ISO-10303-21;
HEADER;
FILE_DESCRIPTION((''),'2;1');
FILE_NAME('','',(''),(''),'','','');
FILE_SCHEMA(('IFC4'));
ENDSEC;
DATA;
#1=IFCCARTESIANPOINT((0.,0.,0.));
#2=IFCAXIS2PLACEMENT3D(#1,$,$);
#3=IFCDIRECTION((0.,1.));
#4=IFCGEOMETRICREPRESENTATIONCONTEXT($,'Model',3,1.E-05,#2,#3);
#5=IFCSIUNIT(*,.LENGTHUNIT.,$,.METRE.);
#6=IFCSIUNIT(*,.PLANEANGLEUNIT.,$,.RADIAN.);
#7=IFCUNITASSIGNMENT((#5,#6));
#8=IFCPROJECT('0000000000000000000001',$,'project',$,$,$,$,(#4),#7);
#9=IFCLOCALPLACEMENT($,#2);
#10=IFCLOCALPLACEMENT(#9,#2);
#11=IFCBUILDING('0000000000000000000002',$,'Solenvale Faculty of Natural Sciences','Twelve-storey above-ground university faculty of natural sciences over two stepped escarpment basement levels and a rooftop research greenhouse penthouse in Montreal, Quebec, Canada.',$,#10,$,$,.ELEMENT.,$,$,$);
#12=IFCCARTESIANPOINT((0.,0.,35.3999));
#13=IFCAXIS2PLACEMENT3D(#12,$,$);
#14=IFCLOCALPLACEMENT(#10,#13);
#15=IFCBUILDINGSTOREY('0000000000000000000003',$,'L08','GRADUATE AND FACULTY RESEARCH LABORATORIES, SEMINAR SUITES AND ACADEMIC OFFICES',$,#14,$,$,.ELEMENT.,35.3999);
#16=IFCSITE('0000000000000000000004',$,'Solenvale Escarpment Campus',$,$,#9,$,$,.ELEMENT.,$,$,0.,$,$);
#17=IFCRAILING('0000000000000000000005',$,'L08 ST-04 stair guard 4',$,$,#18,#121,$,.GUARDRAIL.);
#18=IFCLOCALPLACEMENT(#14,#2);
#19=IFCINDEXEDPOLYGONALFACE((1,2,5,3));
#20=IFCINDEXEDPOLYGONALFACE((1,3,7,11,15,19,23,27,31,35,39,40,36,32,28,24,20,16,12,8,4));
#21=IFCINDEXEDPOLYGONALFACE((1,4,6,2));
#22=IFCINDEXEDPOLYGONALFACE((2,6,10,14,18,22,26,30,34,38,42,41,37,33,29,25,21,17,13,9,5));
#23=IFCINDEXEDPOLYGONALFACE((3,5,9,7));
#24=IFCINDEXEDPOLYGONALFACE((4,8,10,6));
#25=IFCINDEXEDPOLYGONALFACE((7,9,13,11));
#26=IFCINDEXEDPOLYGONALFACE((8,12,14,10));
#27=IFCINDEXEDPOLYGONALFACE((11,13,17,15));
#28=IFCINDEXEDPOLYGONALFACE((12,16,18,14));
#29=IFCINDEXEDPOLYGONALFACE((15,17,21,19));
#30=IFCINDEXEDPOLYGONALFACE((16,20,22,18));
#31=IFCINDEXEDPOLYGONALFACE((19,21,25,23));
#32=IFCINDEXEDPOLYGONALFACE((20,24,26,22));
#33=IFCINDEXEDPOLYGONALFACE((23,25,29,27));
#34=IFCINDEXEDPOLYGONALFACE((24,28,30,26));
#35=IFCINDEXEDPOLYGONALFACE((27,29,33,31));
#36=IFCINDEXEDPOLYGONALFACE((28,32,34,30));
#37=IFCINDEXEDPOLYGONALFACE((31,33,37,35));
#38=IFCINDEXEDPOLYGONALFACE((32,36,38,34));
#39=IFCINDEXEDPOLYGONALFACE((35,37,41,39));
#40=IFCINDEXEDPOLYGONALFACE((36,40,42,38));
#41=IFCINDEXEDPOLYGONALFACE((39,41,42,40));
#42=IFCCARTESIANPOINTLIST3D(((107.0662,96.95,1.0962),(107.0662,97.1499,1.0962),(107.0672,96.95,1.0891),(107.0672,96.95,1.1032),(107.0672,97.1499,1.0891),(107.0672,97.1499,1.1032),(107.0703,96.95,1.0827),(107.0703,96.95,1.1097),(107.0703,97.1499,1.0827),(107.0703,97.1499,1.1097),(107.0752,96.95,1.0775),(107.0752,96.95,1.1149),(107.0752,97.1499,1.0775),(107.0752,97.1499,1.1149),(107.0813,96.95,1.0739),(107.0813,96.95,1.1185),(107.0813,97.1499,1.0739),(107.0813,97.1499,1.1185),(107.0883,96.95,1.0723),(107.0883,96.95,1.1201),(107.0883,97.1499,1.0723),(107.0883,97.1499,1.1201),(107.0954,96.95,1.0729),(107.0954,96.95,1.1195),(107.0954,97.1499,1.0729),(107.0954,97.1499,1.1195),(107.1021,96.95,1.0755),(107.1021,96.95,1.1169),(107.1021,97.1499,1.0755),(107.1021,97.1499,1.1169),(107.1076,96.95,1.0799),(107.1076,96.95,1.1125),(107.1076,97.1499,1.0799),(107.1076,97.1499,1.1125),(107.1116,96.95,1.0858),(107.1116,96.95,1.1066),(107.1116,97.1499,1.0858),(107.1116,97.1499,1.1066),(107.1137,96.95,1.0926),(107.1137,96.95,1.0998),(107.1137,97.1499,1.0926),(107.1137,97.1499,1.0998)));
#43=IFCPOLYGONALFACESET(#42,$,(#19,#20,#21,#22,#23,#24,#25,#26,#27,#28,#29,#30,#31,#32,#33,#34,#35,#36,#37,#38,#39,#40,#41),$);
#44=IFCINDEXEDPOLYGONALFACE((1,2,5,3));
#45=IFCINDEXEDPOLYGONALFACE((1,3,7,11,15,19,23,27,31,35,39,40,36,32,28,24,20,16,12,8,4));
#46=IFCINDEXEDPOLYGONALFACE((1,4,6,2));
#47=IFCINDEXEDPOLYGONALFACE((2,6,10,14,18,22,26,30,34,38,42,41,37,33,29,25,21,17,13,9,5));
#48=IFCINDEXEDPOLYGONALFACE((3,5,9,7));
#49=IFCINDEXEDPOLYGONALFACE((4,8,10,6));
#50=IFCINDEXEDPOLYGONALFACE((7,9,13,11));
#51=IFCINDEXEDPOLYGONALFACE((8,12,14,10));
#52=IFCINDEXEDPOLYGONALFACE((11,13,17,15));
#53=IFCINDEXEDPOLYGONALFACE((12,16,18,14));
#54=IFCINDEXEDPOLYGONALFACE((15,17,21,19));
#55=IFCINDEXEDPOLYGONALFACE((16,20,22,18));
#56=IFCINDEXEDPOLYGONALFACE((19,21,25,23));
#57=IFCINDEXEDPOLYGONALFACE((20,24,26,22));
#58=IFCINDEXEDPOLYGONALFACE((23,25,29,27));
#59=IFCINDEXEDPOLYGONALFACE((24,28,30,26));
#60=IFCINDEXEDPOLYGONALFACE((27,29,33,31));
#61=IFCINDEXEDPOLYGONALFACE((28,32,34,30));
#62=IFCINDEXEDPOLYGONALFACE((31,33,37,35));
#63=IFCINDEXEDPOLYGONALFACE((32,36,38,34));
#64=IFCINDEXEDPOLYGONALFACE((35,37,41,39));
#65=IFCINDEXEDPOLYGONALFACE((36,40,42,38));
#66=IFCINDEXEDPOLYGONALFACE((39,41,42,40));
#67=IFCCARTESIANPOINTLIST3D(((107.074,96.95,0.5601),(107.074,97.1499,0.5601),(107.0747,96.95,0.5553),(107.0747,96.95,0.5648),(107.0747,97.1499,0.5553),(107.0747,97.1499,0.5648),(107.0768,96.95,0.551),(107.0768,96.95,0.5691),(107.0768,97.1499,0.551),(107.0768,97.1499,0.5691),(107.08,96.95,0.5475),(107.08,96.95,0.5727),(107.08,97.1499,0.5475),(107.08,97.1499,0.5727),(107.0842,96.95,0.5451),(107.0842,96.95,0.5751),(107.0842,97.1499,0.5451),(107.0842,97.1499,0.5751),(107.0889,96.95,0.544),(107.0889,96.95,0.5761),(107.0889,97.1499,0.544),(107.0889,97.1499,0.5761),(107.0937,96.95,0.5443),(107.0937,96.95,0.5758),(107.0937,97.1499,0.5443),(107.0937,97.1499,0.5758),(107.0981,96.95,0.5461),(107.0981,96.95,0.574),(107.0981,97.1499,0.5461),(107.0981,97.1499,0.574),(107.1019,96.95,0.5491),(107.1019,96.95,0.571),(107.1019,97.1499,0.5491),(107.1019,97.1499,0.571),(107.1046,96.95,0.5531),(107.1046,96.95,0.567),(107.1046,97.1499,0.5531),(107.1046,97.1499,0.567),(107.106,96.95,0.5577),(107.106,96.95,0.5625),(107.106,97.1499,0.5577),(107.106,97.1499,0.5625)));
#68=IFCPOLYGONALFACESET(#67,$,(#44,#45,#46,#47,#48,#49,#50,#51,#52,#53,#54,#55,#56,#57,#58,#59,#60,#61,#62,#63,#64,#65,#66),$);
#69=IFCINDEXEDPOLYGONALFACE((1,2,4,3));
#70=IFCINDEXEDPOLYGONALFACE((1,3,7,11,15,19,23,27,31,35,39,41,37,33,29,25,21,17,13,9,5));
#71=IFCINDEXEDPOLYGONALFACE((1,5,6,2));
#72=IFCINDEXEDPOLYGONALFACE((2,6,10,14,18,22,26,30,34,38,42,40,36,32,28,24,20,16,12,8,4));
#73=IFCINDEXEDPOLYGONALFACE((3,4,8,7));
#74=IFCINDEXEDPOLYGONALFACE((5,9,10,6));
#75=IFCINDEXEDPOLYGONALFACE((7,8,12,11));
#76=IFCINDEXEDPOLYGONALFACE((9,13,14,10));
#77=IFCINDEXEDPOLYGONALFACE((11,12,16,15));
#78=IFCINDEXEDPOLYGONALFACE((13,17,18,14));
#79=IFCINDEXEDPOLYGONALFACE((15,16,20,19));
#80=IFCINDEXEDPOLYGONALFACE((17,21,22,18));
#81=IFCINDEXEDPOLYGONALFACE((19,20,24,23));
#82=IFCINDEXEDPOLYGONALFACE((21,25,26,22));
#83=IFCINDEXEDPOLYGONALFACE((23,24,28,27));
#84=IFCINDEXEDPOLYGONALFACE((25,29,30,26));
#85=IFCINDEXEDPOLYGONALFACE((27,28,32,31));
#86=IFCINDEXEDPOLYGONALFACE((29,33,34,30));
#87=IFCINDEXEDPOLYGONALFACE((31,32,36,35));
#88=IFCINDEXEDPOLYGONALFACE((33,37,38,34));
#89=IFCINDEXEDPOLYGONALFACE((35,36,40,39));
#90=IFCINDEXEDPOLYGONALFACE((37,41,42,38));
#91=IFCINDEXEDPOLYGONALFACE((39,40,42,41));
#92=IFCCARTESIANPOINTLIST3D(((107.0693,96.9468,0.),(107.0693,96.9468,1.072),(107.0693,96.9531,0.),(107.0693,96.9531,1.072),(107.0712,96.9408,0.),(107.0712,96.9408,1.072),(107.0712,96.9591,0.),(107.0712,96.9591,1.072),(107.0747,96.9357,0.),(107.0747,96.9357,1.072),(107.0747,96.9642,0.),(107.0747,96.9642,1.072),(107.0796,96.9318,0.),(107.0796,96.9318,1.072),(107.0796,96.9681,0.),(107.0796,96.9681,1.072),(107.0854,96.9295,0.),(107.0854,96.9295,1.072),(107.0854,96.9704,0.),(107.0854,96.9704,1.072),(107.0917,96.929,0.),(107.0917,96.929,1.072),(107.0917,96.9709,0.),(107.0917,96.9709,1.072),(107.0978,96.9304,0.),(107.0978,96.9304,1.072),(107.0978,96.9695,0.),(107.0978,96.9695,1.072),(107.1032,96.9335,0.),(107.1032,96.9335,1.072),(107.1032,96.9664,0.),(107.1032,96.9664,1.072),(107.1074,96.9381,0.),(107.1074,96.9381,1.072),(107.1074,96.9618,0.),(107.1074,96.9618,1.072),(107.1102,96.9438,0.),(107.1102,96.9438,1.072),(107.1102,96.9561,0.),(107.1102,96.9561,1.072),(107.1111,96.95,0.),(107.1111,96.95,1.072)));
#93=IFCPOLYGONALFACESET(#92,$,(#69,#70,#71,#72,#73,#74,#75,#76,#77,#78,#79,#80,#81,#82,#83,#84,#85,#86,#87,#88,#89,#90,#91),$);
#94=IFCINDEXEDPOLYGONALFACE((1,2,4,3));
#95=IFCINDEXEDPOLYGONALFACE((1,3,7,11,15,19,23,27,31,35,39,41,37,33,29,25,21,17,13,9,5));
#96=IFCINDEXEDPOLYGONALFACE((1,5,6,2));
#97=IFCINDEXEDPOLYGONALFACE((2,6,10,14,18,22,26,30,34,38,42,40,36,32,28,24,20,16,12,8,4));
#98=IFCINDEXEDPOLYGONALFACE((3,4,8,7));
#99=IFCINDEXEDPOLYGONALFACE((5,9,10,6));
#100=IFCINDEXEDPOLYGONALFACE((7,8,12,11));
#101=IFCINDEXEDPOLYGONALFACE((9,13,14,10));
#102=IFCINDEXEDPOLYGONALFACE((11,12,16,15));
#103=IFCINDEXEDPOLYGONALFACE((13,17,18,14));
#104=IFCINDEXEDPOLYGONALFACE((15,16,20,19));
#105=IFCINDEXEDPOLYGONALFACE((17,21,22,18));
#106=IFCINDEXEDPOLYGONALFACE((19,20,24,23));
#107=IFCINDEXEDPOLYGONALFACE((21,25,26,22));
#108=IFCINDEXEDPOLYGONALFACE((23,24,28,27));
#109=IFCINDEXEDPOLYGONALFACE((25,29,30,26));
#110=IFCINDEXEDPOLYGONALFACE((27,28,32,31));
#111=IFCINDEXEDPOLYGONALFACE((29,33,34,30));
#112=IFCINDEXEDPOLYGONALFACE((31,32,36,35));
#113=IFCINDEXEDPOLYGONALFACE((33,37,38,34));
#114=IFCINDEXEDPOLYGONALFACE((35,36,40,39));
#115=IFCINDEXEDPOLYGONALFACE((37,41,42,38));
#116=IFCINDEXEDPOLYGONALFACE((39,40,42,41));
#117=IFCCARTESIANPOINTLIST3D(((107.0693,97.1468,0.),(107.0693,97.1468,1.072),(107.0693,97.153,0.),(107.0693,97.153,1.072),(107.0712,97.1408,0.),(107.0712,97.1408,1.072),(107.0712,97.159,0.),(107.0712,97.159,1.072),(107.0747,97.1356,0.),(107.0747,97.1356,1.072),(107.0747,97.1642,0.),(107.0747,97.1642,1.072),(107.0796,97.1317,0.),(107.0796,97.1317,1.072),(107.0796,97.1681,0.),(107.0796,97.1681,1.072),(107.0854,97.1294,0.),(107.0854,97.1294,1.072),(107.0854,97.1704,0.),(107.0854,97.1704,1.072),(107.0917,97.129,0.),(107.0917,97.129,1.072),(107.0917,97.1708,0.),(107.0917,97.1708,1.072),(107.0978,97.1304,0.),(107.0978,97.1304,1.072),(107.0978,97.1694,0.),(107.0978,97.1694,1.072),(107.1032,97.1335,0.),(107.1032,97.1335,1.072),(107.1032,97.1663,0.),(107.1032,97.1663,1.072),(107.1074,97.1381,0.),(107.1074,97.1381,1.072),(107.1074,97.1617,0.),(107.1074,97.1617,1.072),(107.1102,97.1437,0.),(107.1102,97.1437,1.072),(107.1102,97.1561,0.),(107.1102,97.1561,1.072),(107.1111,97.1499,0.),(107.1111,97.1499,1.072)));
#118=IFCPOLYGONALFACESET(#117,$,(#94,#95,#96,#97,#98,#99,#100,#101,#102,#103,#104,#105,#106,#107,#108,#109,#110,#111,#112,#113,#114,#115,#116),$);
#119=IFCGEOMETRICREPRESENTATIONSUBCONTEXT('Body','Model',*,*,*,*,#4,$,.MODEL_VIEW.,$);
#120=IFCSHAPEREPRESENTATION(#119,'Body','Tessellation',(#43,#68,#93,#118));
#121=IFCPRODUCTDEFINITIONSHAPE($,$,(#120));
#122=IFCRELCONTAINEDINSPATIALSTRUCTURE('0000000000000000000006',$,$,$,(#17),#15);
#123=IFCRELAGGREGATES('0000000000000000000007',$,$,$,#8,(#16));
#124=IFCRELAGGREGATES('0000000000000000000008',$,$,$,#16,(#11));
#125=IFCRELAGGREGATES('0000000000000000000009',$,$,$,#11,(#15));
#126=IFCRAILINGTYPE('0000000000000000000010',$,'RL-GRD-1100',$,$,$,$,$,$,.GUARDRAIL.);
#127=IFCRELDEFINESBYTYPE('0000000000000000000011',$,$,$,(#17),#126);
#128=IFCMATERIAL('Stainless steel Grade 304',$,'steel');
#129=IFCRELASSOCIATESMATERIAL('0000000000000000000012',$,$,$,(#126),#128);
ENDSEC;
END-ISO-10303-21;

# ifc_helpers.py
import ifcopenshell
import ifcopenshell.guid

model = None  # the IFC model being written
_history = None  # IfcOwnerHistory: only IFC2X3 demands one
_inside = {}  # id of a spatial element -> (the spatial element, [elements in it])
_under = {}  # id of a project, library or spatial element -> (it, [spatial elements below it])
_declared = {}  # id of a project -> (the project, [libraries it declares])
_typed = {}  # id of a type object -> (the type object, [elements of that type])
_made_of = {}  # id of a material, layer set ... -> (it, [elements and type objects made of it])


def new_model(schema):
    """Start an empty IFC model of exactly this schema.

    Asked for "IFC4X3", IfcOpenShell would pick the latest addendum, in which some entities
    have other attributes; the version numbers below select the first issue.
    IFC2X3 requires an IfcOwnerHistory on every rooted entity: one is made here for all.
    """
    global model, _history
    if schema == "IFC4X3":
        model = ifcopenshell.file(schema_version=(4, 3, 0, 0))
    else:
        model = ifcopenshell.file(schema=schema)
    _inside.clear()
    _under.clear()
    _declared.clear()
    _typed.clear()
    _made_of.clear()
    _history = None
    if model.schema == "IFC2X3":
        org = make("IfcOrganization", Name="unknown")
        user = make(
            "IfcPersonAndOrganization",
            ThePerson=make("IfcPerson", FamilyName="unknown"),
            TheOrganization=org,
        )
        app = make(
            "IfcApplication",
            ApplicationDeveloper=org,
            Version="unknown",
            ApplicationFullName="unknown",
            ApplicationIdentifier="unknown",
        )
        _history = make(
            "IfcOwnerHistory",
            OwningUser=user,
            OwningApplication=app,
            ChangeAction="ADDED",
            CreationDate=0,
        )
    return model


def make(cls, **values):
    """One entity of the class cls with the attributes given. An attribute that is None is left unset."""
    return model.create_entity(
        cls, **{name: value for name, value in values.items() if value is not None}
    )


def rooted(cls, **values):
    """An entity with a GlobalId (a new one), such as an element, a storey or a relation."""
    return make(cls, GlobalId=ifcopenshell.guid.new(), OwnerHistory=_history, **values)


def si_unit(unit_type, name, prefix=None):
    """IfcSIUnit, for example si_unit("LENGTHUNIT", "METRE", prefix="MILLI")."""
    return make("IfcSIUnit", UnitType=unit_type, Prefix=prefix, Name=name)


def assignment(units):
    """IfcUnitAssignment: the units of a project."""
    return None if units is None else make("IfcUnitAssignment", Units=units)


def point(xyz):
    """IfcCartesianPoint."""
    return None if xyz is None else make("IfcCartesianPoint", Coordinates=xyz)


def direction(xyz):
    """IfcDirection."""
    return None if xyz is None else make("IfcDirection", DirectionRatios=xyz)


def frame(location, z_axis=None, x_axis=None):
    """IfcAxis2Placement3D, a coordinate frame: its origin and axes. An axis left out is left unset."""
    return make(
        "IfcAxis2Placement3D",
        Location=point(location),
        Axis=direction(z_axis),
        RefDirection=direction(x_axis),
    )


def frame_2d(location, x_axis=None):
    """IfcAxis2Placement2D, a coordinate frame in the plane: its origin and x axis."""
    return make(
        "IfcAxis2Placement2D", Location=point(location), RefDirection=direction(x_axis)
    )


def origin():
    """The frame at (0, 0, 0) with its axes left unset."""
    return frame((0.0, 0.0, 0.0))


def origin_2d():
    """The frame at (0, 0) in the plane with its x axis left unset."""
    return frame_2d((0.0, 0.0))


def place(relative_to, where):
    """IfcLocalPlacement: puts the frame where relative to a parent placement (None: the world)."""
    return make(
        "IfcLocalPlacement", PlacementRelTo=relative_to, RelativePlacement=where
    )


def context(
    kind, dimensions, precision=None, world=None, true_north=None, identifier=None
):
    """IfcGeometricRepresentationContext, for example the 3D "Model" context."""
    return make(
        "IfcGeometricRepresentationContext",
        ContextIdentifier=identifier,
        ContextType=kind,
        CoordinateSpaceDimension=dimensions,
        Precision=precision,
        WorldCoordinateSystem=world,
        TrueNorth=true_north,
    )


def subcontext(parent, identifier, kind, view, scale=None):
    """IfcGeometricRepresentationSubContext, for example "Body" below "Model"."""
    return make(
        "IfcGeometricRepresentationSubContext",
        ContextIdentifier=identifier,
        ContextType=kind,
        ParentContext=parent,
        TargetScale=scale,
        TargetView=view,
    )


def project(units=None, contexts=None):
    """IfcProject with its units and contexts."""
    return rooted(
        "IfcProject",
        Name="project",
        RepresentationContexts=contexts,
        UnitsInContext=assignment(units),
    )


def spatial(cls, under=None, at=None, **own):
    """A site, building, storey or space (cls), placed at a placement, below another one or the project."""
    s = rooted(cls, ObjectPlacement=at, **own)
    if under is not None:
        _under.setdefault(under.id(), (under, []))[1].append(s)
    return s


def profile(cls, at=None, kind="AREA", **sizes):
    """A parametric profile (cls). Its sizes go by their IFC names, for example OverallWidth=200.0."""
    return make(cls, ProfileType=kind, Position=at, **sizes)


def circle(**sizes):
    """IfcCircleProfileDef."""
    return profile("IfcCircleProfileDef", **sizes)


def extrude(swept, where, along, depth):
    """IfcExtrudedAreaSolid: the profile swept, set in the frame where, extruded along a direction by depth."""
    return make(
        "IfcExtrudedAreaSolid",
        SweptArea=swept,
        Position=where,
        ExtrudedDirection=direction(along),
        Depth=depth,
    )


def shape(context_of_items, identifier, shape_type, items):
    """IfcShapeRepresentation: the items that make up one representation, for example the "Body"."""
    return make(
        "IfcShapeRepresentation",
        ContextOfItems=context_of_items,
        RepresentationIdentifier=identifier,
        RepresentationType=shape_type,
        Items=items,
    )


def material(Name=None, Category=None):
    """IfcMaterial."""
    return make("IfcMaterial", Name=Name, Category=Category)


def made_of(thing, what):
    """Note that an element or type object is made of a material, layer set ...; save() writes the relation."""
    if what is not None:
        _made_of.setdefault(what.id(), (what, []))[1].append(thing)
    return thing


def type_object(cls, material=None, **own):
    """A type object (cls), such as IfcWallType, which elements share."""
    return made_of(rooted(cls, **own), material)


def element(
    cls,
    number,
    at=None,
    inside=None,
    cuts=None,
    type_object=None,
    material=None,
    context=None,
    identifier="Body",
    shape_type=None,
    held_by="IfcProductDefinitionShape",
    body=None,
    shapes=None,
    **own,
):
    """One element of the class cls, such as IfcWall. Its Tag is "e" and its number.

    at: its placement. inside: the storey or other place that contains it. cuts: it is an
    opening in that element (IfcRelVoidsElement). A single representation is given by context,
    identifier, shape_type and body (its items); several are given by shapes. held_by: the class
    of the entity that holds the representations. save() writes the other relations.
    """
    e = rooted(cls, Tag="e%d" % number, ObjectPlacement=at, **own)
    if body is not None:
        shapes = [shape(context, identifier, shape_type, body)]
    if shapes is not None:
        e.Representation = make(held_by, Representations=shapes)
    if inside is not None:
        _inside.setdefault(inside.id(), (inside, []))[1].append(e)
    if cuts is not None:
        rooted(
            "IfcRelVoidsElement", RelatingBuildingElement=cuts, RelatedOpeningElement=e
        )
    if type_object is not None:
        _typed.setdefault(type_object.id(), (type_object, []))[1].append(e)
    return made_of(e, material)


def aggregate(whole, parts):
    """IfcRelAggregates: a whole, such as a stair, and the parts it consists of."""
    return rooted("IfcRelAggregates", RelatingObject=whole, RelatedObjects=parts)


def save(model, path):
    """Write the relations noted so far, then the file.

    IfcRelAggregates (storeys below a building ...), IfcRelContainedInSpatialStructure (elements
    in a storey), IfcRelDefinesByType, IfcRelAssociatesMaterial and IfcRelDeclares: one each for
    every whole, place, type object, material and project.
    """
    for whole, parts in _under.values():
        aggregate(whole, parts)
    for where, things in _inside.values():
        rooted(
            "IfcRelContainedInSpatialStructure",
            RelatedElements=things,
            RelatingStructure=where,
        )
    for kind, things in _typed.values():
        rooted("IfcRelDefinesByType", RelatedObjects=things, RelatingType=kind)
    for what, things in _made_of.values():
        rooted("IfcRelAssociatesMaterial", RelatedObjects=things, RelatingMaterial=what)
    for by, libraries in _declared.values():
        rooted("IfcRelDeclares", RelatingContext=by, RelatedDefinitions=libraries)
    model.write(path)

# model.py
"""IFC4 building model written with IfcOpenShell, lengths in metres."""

from ifc_helpers import new_model, si_unit, direction, frame, origin, origin_2d, place, context, subcontext, project, spatial, circle, extrude, material, type_object, element, save


model = new_model("IFC4")

# Units and contexts
model_context = context("Model", 3, precision=1e-05, world=origin(), true_north=direction((0.0, 1.0)))
body_context = subcontext(model_context, "Body", "Model", "MODEL_VIEW")
ifc_project = project(units=[si_unit("LENGTHUNIT", "METRE"), si_unit("PLANEANGLEUNIT", "RADIAN")], contexts=[model_context])

# Site, building, storey
site_placement = place(None, origin())
site = spatial("IfcSite", under=ifc_project, at=site_placement, Name="Solenvale Escarpment Campus", CompositionType="ELEMENT", RefElevation=0.0)
building_placement = place(site_placement, origin())
building = spatial("IfcBuilding", under=site, at=building_placement, Name="Solenvale Faculty of Natural Sciences", Description="Twelve-storey above-ground university faculty of natural sciences over two stepped escarpment basement levels and a rooftop research greenhouse penthouse in Montreal, Quebec, Canada.", CompositionType="ELEMENT")
storey_placement = place(building_placement, frame((0.0, 0.0, 35.3999)))
storey = spatial("IfcBuildingStorey", under=building, at=storey_placement, Name="L08", Description="GRADUATE AND FACULTY RESEARCH LABORATORIES, SEMINAR SUITES AND ACADEMIC OFFICES", CompositionType="ELEMENT", Elevation=35.3999)

# Railing
ifc_material_1 = material(Name="Stainless steel Grade 304", Category="steel")
railing_type_1 = type_object("IfcRailingType", Name="RL-GRD-1100", PredefinedType="GUARDRAIL", material=ifc_material_1)
railing_1_placement = place(storey_placement, frame((107.0901, 96.95, 0.0)))
element("IfcRailing", 1, at=railing_1_placement, inside=storey, type_object=railing_type_1, Name="L08 ST-04 stair guard 4", PredefinedType="GUARDRAIL", context=body_context, shape_type="SweptSolid", body=[
    extrude(circle(Radius=0.0239, at=origin_2d()), frame((0.0, 0.0, 1.0962), z_axis=(0.0, 1.0, 0.0), x_axis=(-1.0, 0.0, 0.0)), (0.0, 0.0, 1.0), 0.2),
    extrude(circle(Radius=0.0161, at=origin_2d()), frame((0.0, 0.0, 0.5601), z_axis=(0.0, 1.0, 0.0), x_axis=(-1.0, 0.0, 0.0)), (0.0, 0.0, 1.0), 0.2),
    extrude(circle(Radius=0.021, at=origin_2d()), origin(), (0.0, 0.0, 1.0), 1.072),
    extrude(circle(Radius=0.021, at=origin_2d()), frame((0.0, 0.2, 0.0)), (0.0, 0.0, 1.0), 1.072),
])

save(model, "model.ifc")
